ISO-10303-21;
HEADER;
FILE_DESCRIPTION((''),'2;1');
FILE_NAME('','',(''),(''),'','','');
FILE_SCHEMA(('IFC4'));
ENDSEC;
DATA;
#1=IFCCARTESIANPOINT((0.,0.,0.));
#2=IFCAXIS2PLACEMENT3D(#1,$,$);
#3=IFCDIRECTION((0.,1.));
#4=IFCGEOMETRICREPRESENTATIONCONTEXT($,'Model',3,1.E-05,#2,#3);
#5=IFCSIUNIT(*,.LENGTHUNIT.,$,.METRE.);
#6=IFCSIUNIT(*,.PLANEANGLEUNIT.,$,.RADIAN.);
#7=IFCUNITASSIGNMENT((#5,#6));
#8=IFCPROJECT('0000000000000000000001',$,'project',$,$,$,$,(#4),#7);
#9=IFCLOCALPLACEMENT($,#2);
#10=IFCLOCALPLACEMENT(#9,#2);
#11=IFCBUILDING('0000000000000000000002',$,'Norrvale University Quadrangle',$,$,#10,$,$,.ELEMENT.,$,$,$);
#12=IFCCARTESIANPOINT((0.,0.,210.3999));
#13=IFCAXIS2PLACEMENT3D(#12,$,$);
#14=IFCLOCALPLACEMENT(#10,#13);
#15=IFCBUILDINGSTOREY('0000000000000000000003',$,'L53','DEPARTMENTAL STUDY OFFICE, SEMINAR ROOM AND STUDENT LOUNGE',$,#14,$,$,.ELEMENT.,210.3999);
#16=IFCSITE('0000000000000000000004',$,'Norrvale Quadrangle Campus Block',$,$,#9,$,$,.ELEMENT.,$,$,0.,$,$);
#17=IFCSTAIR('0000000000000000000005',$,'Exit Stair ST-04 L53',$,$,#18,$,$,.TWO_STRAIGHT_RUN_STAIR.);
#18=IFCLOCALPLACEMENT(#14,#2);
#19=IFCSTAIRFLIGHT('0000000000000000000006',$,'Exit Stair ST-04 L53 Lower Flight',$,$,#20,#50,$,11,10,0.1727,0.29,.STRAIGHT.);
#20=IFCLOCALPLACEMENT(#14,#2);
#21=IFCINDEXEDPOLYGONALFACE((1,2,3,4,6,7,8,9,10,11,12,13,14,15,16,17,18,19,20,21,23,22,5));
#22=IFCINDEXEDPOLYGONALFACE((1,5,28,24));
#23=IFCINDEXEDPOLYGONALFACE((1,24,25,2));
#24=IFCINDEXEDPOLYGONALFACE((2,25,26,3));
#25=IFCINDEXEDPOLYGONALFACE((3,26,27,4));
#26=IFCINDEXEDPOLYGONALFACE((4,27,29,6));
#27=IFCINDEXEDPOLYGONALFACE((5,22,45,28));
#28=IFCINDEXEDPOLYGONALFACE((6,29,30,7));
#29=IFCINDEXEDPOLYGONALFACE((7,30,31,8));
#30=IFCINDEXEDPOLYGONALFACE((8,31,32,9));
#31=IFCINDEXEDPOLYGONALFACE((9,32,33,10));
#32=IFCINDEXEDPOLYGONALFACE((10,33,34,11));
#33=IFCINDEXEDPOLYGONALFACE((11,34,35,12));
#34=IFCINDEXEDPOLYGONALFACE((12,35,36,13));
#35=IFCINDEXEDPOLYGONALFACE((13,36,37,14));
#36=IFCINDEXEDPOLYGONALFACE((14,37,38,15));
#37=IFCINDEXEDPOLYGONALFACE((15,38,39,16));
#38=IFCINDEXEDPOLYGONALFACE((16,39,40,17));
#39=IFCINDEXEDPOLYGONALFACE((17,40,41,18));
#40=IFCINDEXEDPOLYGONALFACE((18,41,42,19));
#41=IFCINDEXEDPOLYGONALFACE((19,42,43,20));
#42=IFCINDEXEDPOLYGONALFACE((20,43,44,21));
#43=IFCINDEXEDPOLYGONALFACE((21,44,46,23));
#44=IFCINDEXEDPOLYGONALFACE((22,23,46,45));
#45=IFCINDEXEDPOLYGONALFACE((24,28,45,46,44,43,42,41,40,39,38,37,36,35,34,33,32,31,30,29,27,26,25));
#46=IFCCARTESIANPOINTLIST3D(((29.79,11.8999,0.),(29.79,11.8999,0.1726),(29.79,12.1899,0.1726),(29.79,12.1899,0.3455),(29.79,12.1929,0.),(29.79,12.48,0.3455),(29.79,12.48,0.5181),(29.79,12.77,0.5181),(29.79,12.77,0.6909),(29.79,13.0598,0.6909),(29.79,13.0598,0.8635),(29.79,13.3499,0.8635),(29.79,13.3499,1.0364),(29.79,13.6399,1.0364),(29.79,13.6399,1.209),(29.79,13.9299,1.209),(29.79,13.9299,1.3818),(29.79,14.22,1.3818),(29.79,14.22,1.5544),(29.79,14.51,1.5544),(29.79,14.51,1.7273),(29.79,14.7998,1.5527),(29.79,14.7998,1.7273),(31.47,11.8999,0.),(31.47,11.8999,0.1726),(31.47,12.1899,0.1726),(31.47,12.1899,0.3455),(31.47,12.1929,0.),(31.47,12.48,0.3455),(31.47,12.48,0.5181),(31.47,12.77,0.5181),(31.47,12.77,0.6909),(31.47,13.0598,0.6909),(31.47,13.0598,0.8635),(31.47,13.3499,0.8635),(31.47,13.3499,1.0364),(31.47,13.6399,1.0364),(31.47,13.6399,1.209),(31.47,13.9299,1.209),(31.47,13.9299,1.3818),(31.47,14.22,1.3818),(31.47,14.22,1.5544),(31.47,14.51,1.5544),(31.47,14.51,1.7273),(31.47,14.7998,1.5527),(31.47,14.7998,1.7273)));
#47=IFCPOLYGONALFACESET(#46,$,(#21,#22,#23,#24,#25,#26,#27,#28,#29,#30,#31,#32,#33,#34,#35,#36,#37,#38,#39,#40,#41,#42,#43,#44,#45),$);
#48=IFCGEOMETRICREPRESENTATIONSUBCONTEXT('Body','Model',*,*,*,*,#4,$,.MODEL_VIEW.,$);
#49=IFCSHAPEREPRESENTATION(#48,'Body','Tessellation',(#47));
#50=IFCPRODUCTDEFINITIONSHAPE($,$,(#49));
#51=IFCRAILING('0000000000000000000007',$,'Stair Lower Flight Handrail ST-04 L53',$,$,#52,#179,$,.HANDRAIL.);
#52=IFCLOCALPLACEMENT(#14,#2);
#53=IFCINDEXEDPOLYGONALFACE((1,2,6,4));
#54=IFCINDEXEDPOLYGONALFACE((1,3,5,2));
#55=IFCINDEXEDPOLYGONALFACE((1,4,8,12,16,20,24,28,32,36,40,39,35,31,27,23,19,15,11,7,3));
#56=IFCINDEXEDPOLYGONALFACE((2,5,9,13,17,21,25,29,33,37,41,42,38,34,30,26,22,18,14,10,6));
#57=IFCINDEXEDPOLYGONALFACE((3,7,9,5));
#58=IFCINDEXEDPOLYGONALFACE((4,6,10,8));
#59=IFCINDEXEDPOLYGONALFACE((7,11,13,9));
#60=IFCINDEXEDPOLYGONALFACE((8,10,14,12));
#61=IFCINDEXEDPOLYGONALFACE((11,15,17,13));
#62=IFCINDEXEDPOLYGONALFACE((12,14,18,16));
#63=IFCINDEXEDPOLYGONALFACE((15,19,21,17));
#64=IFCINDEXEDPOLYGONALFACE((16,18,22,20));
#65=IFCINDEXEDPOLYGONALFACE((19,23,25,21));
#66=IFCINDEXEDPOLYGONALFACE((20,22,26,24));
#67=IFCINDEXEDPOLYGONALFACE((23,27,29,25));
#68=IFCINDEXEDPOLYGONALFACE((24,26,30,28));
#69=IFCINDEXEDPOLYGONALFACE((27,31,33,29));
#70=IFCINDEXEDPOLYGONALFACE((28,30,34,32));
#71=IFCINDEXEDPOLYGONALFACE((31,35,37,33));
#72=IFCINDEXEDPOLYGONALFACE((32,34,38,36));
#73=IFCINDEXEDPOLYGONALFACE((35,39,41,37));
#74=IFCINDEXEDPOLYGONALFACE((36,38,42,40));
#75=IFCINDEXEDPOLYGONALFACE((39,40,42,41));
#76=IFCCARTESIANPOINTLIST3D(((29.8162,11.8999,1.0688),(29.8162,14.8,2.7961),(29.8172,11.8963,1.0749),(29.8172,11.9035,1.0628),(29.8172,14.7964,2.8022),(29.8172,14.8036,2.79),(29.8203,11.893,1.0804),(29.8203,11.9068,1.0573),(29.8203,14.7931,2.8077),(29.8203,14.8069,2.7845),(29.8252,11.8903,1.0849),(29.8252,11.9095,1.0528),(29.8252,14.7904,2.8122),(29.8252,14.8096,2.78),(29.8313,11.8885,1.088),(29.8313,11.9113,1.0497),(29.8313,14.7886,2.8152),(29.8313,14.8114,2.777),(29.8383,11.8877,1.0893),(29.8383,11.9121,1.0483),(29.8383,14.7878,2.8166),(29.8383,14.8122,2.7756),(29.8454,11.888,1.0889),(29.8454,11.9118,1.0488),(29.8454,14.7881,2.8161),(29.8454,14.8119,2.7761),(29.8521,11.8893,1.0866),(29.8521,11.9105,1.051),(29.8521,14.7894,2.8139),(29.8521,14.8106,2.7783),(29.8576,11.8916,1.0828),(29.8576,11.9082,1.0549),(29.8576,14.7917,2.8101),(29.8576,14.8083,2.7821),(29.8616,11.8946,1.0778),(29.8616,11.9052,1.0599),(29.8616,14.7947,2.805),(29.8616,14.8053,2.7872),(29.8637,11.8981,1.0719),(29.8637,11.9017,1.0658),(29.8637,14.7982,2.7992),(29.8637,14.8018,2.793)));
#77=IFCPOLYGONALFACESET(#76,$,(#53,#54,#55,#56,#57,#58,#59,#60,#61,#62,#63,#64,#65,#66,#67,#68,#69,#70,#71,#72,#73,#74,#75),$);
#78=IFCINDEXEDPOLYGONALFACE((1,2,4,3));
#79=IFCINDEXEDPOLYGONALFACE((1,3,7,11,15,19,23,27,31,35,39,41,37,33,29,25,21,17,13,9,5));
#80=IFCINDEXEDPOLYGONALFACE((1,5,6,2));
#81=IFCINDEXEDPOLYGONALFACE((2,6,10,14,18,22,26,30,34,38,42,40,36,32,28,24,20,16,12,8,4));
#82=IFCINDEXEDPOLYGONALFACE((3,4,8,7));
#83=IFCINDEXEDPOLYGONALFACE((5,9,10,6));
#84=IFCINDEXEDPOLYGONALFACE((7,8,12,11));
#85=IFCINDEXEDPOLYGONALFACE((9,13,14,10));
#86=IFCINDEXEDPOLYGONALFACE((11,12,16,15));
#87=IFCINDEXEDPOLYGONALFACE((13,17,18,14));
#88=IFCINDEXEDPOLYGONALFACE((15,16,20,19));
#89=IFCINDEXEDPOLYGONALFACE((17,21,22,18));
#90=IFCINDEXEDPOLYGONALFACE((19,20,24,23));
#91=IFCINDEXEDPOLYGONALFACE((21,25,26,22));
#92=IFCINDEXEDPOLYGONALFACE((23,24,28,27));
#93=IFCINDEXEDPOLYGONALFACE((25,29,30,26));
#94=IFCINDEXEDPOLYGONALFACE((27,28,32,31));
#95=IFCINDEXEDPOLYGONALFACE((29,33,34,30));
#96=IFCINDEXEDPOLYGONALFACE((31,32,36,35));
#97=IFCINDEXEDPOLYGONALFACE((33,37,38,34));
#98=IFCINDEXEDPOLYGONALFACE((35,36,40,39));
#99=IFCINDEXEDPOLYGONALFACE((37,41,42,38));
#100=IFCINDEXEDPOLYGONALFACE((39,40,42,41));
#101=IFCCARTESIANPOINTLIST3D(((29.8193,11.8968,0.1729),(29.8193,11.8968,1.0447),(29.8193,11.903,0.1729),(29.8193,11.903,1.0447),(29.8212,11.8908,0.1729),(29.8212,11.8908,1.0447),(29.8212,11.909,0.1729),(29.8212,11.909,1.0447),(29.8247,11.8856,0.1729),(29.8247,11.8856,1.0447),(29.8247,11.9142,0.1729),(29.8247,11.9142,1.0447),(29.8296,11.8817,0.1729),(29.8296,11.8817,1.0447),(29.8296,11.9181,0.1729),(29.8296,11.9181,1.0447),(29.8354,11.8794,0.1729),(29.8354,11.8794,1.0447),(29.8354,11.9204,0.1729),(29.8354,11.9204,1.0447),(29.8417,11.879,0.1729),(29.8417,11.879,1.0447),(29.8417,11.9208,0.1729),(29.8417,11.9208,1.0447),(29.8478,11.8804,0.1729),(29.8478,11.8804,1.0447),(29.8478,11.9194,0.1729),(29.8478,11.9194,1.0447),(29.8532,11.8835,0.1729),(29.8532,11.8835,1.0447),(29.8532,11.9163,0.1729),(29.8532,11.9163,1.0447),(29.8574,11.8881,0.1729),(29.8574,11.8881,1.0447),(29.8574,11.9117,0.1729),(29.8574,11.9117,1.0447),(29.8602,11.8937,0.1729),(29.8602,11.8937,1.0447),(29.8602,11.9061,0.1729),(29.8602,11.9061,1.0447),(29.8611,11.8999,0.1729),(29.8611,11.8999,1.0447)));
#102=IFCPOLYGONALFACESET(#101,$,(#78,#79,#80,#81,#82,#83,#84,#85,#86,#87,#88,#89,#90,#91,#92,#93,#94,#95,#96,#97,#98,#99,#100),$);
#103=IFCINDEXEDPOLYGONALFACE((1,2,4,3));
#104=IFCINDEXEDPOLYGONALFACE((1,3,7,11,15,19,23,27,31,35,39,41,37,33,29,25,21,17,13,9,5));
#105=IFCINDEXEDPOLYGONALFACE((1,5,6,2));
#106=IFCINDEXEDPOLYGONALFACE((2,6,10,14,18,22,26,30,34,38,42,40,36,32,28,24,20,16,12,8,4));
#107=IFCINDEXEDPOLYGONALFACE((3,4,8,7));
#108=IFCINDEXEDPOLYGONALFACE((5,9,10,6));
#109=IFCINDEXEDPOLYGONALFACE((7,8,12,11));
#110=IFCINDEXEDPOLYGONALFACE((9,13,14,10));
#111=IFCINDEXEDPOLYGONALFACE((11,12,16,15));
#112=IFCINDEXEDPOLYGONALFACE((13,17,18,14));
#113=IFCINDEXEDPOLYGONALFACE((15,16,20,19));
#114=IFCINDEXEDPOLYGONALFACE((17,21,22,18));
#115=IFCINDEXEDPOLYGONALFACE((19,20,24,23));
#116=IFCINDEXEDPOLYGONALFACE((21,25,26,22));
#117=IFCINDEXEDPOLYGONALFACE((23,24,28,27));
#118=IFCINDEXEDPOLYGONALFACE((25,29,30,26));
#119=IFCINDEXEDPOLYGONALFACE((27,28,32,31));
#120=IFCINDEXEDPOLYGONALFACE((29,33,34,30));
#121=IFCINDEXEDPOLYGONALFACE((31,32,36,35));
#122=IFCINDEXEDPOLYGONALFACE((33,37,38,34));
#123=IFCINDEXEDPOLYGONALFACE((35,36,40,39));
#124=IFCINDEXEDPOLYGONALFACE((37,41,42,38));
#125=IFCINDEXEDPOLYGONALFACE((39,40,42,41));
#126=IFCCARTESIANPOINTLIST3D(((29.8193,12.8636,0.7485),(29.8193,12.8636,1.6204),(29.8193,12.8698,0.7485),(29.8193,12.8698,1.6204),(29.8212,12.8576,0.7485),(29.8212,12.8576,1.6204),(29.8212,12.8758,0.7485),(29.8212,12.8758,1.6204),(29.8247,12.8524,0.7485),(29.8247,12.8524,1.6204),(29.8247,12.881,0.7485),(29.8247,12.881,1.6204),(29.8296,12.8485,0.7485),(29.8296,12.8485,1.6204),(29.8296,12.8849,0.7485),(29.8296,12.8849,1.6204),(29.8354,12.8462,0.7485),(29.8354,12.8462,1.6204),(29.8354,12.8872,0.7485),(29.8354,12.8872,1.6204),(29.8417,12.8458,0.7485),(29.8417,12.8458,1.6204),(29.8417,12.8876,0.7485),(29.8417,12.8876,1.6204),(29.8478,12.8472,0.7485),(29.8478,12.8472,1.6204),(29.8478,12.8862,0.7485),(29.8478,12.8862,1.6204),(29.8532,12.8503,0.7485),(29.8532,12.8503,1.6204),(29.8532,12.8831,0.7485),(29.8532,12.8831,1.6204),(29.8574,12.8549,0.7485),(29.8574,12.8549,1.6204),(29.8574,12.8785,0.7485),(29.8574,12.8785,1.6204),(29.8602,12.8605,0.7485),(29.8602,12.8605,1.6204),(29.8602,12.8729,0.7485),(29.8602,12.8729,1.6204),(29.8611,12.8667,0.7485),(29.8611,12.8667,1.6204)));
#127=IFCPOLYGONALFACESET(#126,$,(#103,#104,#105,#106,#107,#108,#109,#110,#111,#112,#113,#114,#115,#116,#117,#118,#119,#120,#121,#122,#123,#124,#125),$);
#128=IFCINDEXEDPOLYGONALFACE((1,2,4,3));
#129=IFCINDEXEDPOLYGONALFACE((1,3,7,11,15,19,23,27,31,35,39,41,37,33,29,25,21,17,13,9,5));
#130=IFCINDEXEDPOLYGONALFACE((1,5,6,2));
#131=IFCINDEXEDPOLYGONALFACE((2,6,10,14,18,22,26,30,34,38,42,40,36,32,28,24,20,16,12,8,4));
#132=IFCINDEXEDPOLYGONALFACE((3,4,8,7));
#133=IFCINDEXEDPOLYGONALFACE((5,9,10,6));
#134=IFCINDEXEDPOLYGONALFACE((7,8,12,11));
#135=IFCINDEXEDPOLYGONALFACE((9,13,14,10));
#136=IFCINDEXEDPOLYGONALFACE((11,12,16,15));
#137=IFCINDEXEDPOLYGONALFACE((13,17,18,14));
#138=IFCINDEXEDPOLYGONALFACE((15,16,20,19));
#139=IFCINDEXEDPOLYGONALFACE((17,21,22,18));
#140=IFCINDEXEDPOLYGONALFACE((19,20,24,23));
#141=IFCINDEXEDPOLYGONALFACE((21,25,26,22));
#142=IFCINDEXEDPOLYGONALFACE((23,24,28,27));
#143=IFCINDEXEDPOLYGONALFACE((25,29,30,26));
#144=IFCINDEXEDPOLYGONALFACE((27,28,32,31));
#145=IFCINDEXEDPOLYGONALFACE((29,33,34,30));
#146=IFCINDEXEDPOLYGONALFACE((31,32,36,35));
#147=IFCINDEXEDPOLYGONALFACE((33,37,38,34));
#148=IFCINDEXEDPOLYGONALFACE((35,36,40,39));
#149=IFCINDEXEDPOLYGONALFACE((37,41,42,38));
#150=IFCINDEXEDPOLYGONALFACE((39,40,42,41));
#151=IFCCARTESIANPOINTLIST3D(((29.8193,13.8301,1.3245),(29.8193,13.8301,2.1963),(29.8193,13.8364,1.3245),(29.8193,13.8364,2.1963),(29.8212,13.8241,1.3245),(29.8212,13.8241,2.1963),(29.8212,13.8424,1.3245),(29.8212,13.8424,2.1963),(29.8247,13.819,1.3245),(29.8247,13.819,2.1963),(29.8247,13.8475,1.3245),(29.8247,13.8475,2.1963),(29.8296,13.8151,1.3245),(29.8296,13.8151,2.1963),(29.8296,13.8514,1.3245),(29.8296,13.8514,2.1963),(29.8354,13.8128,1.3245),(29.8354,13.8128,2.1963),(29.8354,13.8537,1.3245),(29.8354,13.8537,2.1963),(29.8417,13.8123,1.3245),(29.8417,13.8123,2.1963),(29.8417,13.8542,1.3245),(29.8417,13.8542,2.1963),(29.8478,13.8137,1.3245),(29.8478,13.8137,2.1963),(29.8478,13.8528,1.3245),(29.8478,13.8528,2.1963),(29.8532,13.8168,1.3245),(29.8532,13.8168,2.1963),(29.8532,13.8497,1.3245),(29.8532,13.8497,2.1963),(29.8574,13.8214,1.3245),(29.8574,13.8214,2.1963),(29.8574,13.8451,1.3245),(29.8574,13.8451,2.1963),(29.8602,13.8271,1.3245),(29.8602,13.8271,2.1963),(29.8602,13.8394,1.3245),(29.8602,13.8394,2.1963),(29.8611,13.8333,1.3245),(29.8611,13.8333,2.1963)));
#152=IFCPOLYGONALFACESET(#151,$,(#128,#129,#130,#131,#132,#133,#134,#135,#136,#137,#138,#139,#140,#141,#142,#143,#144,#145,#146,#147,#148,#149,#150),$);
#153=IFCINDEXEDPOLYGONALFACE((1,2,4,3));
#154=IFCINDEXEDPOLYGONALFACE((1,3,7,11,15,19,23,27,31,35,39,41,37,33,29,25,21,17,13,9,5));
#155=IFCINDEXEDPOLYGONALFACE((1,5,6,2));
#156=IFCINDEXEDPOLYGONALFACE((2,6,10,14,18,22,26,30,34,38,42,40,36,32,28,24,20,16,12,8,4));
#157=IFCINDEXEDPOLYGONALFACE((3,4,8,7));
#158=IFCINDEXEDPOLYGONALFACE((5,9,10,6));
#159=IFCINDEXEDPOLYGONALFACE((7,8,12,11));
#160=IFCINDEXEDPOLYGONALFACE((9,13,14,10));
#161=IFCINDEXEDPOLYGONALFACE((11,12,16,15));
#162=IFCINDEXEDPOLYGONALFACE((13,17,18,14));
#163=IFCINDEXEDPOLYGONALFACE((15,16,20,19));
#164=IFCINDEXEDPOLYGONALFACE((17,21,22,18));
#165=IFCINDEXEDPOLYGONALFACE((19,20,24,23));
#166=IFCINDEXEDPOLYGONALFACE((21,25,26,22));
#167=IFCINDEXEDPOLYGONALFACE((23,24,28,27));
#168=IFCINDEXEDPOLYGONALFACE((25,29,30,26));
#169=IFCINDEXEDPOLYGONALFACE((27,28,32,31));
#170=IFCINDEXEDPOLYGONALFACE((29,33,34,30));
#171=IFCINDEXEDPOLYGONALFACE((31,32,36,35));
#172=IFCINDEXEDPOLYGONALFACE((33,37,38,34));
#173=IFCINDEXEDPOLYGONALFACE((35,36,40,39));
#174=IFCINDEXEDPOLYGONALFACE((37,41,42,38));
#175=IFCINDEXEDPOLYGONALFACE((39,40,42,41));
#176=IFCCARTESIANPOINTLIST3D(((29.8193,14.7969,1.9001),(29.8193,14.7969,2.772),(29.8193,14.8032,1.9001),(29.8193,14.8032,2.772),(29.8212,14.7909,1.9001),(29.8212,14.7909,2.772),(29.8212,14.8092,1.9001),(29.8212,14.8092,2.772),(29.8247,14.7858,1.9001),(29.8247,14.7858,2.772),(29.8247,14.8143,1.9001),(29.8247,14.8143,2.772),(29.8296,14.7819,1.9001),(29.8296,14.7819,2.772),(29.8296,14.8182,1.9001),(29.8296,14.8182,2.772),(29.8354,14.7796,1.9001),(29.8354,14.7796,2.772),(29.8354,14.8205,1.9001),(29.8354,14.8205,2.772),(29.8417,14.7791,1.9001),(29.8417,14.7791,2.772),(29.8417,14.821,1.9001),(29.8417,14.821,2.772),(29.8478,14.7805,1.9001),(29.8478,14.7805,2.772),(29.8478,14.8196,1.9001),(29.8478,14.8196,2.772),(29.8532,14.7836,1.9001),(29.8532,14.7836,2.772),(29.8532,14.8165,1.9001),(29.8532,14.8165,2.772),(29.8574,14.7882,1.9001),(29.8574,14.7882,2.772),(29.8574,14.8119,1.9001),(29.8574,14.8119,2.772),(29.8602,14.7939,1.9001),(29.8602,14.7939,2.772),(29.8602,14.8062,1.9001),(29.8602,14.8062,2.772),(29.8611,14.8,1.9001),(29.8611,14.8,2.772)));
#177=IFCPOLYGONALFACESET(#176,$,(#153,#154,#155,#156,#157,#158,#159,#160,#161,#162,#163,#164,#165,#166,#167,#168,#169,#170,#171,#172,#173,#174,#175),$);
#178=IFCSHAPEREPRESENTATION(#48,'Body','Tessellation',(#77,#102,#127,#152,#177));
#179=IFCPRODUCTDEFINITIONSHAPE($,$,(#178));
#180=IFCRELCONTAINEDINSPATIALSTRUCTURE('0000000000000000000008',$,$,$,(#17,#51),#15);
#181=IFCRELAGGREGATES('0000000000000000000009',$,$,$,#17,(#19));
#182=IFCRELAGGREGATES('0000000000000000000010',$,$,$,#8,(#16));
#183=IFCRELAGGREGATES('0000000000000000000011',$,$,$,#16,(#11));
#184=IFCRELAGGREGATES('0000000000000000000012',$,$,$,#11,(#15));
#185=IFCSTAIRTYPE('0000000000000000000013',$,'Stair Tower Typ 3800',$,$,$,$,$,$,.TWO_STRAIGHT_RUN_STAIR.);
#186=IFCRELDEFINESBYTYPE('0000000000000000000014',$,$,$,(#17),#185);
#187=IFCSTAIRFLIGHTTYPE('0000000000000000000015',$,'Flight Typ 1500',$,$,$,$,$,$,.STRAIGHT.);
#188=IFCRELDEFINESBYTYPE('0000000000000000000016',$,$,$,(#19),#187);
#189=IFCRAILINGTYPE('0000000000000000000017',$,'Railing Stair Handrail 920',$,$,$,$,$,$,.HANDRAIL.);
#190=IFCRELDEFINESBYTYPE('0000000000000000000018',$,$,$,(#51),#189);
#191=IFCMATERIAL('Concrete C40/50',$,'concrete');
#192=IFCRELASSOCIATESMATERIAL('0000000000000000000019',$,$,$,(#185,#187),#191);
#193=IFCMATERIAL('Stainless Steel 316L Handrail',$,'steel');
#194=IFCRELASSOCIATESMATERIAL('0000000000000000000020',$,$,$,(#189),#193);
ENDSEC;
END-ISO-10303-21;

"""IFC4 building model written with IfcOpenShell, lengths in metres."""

from ifc_helpers import new_model, si_unit, direction, frame, origin, origin_2d, place, context, subcontext, project, spatial, polyline, circle, outline, extrude, material, type_object, element, aggregate, save


model = new_model("IFC4")

# Units and contexts
model_context = context("Model", 3, precision=1e-05, world=origin(), true_north=direction((0.0, 1.0)))
body_context = subcontext(model_context, "Body", "Model", "MODEL_VIEW")
ifc_project = project(units=[si_unit("LENGTHUNIT", "METRE"), si_unit("PLANEANGLEUNIT", "RADIAN")], contexts=[model_context])

# Site, building, storey
site_placement = place(None, origin())
site = spatial("IfcSite", under=ifc_project, at=site_placement, Name="Norrvale Quadrangle Campus Block", CompositionType="ELEMENT", RefElevation=0.0)
building_placement = place(site_placement, origin())
building = spatial("IfcBuilding", under=site, at=building_placement, Name="Norrvale University Quadrangle", CompositionType="ELEMENT")
storey_placement = place(building_placement, frame((0.0, 0.0, 210.3999)))
storey = spatial("IfcBuildingStorey", under=building, at=storey_placement, Name="L53", Description="DEPARTMENTAL STUDY OFFICE, SEMINAR ROOM AND STUDENT LOUNGE", CompositionType="ELEMENT", Elevation=210.3999)

# Stair, stair flight
ifc_material_1 = material(Name="Concrete C40/50", Category="concrete")
stair_type = type_object("IfcStairType", Name="Stair Tower Typ 3800", PredefinedType="TWO_STRAIGHT_RUN_STAIR", material=ifc_material_1)
stair_placement = place(storey_placement, origin())
stair = element("IfcStair", 1, at=stair_placement, inside=storey, type_object=stair_type, Name="Exit Stair ST-04 L53", PredefinedType="TWO_STRAIGHT_RUN_STAIR")
stair_flight_type = type_object("IfcStairFlightType", Name="Flight Typ 1500", PredefinedType="STRAIGHT", material=ifc_material_1)
stair_flight_placement = place(storey_placement, frame((30.6299, 11.8999, 0.0), z_axis=(0.0, 0.0, 1.0), x_axis=(0.0, 1.0, 0.0)))
stair_flight = element("IfcStairFlight", 2, at=stair_flight_placement, type_object=stair_flight_type, Name="Exit Stair ST-04 L53 Lower Flight", NumberOfRisers=11, NumberOfTreads=10, PredefinedType="STRAIGHT", RiserHeight=0.1727, TreadLength=0.29, context=body_context, shape_type="SweptSolid", body=[
    extrude(outline(polyline([(0.0, 0.0), (0.0, 0.1726), (0.29, 0.1726), (0.29, 0.3455), (0.5801, 0.3455), (0.5801, 0.5181), (0.8701, 0.5181), (0.8701, 0.6909), (1.1599, 0.6909), (1.1599, 0.8635), (1.45, 0.8635), (1.45, 1.0364), (1.74, 1.0364), (1.74, 1.209), (2.03, 1.209), (2.03, 1.3818), (2.3201, 1.3818), (2.3201, 1.5544), (2.6101, 1.5544), (2.6101, 1.7273), (2.8999, 1.7273), (2.8999, 1.8999), (2.8999, 1.5527), (0.293, 0.0), (0.0, 0.0)])), frame((0.0, 0.8398, 0.0), z_axis=(0.0, -1.0, 0.0), x_axis=(1.0, 0.0, 0.0)), (0.0, 0.0, 1.0), 1.6799),
])
aggregate(stair, [stair_flight])

# Railing
ifc_material_2 = material(Name="Stainless Steel 316L Handrail", Category="steel")
railing_type = type_object("IfcRailingType", Name="Railing Stair Handrail 920", PredefinedType="HANDRAIL", material=ifc_material_2)
railing_placement = place(storey_placement, frame((29.8401, 11.8999, 0.1729)))
element("IfcRailing", 3, at=railing_placement, inside=storey, type_object=railing_type, Name="Stair Lower Flight Handrail ST-04 L53", PredefinedType="HANDRAIL", context=body_context, shape_type="SweptSolid", body=[
    extrude(circle(Radius=0.0239, at=origin_2d()), frame((0.0, 0.0, 0.896), z_axis=(0.0, 0.85916, 0.511706), x_axis=(-1.0, 0.0, 0.0)), (0.0, 0.0, 1.0), 3.3755),
    extrude(circle(Radius=0.021, at=origin_2d()), origin(), (0.0, 0.0, 1.0), 0.8718),
    extrude(circle(Radius=0.021, at=origin_2d()), frame((0.0, 0.9668, 0.5757)), (0.0, 0.0, 1.0), 0.8718),
    extrude(circle(Radius=0.021, at=origin_2d()), frame((0.0, 1.9333, 1.1516)), (0.0, 0.0, 1.0), 0.8718),
    extrude(circle(Radius=0.021, at=origin_2d()), frame((0.0, 2.9001, 1.7273)), (0.0, 0.0, 1.0), 0.8718),
])

save(model, "model.ifc")
